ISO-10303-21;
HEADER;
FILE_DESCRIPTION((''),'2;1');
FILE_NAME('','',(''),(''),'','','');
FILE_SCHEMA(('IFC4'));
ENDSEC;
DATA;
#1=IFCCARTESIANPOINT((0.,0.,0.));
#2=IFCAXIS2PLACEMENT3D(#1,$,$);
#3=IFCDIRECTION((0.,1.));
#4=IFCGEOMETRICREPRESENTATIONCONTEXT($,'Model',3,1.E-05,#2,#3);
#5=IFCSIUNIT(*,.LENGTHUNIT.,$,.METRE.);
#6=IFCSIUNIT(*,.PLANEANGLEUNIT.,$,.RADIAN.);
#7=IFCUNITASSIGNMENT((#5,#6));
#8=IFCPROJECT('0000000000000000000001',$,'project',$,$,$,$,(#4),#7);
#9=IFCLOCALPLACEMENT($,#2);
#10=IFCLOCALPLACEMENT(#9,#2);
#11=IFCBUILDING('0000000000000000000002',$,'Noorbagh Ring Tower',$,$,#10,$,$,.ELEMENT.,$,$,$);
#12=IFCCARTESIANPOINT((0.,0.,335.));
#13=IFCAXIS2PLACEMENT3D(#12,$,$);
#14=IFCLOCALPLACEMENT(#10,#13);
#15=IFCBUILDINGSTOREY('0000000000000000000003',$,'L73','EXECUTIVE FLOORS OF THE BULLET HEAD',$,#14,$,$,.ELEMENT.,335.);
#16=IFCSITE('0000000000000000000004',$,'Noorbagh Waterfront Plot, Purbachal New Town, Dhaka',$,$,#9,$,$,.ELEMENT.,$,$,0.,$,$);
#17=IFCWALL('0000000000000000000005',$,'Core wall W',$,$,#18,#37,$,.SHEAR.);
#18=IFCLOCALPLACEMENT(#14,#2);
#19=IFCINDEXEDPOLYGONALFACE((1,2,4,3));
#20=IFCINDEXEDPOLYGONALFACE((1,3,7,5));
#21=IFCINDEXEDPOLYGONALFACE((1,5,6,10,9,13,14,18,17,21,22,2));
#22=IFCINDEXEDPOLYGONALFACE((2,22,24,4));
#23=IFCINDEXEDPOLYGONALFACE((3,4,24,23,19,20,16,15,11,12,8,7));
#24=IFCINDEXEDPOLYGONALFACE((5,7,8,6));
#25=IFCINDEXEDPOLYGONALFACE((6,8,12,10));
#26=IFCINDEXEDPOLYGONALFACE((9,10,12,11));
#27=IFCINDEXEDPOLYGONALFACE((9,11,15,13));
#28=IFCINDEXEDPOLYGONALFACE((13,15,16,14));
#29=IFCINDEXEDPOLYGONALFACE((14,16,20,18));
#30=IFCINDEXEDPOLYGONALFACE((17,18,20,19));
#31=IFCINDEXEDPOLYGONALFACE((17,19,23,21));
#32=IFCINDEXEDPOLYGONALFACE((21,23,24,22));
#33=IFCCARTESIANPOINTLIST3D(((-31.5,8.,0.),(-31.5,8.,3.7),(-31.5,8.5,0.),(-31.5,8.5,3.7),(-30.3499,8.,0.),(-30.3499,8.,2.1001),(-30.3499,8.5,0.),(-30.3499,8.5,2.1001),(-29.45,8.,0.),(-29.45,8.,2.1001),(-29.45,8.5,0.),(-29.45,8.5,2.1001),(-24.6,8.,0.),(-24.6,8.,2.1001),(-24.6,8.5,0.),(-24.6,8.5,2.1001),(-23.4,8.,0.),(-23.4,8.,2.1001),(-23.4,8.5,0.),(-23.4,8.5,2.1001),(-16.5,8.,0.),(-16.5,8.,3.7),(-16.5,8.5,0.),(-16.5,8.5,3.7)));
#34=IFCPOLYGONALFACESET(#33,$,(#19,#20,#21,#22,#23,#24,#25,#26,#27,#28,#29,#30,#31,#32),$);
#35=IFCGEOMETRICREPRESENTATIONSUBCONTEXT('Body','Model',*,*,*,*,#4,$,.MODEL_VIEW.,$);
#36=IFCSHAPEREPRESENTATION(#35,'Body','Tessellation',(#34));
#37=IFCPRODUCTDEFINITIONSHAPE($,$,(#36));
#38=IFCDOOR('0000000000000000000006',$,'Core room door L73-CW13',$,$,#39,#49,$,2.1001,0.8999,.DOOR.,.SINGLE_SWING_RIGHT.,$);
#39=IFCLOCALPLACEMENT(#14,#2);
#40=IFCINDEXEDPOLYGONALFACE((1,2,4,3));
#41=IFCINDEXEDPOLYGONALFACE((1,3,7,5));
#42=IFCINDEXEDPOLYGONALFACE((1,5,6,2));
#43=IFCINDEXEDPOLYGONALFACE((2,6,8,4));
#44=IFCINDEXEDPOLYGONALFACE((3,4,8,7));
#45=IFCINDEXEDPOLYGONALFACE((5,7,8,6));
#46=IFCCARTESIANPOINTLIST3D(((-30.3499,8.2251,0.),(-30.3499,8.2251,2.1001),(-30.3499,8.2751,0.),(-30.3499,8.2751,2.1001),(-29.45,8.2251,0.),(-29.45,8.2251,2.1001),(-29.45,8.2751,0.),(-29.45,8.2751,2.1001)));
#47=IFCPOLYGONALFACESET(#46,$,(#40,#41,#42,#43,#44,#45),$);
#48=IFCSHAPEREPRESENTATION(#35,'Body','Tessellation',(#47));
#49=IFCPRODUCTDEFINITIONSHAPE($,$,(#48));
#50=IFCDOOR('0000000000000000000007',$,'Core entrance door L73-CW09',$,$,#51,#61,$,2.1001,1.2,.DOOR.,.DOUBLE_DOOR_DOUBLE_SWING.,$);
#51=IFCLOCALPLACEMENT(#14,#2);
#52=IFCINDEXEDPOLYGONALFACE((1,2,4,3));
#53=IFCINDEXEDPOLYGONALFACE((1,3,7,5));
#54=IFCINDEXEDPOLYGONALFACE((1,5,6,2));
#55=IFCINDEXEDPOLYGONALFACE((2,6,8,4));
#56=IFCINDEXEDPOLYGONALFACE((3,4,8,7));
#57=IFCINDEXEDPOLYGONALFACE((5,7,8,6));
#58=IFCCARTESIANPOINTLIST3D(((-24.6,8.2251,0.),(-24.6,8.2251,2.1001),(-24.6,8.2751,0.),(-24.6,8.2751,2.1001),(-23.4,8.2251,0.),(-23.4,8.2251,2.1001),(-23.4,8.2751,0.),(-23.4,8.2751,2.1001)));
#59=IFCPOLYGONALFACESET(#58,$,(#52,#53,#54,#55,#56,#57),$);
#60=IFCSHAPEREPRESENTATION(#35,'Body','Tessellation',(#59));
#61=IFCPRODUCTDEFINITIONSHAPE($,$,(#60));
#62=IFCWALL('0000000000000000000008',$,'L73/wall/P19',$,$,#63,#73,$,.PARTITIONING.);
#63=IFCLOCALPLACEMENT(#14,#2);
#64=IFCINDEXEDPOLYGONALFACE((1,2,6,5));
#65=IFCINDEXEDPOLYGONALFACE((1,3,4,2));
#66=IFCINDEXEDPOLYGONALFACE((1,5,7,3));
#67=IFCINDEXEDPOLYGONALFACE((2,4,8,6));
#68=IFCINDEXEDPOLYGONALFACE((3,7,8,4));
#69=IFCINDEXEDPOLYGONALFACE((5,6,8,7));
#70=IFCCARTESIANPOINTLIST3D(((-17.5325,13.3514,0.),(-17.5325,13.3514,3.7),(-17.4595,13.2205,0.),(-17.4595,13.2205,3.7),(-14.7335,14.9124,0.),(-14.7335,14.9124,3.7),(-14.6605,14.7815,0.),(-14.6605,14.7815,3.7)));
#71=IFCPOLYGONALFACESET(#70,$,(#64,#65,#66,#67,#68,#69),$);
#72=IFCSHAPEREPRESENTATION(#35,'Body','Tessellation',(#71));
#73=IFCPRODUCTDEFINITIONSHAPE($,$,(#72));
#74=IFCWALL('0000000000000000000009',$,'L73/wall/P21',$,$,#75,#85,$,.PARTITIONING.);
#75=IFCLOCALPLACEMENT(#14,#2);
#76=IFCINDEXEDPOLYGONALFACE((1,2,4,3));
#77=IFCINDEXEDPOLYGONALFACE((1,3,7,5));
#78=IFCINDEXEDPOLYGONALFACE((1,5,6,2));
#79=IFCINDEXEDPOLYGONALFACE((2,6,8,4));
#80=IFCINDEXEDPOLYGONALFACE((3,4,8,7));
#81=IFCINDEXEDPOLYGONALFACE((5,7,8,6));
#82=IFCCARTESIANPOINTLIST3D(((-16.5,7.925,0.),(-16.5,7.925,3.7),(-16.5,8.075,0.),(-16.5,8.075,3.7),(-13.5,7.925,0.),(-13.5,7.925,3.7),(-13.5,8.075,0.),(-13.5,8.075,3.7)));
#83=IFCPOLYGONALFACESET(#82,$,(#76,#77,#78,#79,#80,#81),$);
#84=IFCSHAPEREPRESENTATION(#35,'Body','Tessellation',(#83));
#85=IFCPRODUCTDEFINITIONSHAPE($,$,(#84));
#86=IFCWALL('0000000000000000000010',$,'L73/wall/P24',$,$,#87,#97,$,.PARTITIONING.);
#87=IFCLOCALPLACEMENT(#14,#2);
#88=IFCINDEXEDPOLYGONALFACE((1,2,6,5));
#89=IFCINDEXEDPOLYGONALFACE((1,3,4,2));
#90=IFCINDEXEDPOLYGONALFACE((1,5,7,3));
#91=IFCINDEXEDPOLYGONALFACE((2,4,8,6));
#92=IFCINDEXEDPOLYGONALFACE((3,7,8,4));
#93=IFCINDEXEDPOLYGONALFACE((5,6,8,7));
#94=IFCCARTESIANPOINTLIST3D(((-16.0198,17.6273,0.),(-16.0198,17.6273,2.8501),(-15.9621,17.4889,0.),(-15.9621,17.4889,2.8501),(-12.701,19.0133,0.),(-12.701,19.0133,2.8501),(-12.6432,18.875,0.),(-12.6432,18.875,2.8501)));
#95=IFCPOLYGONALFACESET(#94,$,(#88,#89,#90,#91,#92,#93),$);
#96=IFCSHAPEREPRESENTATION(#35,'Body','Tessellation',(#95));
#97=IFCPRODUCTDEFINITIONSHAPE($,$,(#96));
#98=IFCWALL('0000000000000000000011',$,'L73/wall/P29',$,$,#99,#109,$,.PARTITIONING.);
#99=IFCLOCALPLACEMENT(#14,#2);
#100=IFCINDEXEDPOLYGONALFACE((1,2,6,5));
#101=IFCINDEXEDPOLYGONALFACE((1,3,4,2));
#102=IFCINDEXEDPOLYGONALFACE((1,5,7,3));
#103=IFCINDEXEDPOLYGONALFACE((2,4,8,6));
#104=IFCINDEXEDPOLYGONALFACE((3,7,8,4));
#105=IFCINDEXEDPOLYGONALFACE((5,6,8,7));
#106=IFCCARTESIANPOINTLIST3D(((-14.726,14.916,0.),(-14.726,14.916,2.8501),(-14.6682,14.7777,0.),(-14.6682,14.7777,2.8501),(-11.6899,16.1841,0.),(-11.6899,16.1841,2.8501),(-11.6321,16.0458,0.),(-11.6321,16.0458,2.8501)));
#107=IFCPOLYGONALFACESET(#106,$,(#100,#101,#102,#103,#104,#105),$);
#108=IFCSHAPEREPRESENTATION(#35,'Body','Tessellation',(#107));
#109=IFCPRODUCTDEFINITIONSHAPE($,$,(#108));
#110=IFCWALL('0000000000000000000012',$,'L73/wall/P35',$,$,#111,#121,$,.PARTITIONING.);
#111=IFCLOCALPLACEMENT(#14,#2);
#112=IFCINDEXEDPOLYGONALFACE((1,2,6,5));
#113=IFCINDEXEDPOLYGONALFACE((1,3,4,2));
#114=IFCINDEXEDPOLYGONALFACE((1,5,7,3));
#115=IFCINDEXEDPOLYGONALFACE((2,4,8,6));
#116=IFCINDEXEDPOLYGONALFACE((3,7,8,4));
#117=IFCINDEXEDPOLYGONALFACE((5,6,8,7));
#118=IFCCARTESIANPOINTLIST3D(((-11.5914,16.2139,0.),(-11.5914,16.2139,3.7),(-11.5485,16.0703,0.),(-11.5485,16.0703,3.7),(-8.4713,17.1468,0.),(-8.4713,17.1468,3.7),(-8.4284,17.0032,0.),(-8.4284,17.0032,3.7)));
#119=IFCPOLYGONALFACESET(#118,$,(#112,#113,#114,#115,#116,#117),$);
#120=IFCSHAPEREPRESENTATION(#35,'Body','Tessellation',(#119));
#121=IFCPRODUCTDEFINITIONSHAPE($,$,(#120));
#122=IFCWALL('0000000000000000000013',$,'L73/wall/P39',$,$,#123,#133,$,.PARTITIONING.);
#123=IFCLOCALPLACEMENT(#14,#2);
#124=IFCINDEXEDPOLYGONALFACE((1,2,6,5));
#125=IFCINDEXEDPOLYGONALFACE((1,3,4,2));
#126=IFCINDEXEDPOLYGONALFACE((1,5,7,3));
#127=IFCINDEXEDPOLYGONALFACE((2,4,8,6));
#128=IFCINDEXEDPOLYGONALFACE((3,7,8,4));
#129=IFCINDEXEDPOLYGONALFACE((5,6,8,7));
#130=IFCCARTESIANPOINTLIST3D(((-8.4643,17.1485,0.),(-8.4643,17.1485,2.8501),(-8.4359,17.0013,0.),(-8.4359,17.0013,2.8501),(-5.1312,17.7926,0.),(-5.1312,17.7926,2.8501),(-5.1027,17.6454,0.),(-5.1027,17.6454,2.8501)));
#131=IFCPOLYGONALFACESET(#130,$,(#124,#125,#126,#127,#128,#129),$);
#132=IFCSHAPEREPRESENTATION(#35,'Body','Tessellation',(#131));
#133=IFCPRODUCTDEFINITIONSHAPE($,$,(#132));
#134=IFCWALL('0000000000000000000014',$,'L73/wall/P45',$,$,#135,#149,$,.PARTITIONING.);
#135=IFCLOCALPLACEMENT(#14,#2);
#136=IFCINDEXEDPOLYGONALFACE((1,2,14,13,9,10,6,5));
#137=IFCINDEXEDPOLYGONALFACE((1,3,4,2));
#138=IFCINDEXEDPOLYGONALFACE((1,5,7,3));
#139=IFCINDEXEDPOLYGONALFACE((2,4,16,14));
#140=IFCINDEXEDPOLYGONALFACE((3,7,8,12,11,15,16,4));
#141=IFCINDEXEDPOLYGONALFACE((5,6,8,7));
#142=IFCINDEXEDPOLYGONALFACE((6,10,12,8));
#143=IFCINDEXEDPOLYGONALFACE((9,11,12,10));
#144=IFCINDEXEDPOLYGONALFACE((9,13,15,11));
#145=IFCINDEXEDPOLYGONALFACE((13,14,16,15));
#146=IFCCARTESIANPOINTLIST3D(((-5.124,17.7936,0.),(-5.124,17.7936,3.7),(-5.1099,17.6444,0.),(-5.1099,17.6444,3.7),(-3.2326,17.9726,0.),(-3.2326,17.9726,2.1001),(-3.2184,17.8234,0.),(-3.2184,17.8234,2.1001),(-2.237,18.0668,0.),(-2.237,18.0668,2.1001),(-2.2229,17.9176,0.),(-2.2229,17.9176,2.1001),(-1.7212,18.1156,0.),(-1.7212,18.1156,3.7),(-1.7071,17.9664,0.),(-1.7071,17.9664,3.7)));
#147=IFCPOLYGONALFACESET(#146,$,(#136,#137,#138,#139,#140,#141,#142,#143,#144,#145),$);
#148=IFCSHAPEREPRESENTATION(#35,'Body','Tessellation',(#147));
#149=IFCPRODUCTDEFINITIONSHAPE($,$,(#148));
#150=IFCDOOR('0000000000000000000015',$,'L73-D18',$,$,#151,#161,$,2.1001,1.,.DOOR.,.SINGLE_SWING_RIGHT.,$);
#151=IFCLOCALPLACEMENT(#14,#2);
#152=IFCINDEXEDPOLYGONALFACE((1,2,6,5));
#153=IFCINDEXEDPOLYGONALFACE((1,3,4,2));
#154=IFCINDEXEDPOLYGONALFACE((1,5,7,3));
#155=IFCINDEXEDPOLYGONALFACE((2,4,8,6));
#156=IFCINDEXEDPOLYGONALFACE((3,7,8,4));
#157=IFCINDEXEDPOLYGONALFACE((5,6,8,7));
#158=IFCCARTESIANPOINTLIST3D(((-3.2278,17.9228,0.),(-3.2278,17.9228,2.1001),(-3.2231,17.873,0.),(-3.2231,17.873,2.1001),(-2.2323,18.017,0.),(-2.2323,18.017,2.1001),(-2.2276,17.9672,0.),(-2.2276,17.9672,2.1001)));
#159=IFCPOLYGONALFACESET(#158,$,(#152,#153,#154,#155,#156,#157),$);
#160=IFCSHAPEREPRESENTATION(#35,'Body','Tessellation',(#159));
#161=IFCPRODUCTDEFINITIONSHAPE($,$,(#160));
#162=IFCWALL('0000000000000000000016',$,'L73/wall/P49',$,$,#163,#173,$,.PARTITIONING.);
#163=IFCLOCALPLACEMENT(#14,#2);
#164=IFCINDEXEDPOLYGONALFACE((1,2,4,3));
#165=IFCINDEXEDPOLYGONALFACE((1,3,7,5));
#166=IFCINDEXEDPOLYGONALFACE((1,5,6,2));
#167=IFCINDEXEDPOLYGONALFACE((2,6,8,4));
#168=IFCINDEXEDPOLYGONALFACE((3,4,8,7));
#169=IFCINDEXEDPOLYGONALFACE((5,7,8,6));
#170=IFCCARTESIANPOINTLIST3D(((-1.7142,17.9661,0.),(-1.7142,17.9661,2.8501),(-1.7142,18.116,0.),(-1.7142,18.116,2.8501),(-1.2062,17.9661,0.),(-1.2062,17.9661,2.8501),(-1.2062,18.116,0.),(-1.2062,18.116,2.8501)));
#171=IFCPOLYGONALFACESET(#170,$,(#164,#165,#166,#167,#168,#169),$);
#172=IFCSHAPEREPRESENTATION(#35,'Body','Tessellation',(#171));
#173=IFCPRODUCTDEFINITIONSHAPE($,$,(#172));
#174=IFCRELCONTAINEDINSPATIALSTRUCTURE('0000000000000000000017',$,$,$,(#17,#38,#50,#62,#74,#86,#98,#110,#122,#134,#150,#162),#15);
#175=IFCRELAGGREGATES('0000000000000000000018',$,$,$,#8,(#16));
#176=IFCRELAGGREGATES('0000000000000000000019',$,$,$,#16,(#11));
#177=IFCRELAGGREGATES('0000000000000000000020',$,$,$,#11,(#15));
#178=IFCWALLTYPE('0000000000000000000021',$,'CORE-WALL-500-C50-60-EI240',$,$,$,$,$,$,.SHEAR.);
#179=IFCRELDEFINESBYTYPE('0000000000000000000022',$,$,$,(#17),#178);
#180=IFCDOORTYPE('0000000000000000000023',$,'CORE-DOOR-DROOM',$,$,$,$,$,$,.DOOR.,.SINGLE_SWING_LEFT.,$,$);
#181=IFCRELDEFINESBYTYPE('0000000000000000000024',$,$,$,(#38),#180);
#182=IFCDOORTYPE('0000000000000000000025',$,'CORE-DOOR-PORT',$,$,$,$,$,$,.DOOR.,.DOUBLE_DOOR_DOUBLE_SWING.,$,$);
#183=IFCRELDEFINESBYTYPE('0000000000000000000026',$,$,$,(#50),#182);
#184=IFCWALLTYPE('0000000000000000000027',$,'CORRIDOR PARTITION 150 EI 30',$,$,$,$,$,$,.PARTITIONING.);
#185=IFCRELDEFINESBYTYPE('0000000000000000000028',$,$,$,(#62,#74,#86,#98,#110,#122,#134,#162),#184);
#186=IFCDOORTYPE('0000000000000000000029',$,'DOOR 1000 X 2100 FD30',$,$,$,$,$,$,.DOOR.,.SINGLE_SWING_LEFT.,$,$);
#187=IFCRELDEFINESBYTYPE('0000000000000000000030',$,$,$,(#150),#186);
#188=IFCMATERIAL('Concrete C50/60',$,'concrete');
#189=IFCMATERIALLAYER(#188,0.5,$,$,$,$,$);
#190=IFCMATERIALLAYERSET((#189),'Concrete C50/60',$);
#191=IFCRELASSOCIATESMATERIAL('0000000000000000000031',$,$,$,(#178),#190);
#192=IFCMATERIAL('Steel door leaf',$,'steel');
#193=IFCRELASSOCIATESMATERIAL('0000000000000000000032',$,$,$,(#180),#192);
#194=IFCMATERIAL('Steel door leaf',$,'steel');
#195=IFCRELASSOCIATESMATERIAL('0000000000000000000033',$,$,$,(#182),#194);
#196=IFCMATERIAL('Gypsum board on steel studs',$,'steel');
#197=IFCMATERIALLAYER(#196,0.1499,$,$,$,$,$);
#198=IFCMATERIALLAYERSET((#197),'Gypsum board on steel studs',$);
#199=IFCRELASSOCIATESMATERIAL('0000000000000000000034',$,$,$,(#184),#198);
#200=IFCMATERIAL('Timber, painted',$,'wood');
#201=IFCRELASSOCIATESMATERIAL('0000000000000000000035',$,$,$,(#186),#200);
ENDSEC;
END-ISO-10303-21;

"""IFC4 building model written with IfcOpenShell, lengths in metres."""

from ifc_helpers import new_model, si_unit, direction, frame, frame_2d, origin, place, context, subcontext, project, spatial, rectangle, extrude, material, layer, layer_set, type_object, element, fill, save


model = new_model("IFC4")

# Units and contexts
model_context = context("Model", 3, precision=1e-05, world=origin(), true_north=direction((0.0, 1.0)))
body_context = subcontext(model_context, "Body", "Model", "MODEL_VIEW")
ifc_project = project(units=[si_unit("LENGTHUNIT", "METRE"), si_unit("PLANEANGLEUNIT", "RADIAN")], contexts=[model_context])

# Site, building, storey
site_placement = place(None, origin())
site = spatial("IfcSite", under=ifc_project, at=site_placement, Name="Noorbagh Waterfront Plot, Purbachal New Town, Dhaka", CompositionType="ELEMENT", RefElevation=0.0)
building_placement = place(site_placement, origin())
building = spatial("IfcBuilding", under=site, at=building_placement, Name="Noorbagh Ring Tower", CompositionType="ELEMENT")
storey_placement = place(building_placement, frame((0.0, 0.0, 335.0)))
storey = spatial("IfcBuildingStorey", under=building, at=storey_placement, Name="L73", Description="EXECUTIVE FLOORS OF THE BULLET HEAD", CompositionType="ELEMENT", Elevation=335.0)

# Wall, openings, doors
ifc_material_1 = material(Name="Concrete C50/60", Category="concrete")
ifc_layer_1 = layer(ifc_material_1, 0.5)
ifc_layer_set_1 = layer_set([ifc_layer_1], Name="Concrete C50/60")
wall_type_1 = type_object("IfcWallType", Name="CORE-WALL-500-C50-60-EI240", PredefinedType="SHEAR", material=ifc_layer_set_1)
wall_1_placement = place(storey_placement, frame((-16.5, 8.25, 0.0), z_axis=(0.0, 0.0, 1.0), x_axis=(-1.0, 0.0, 0.0)))
wall_1 = element("IfcWall", 1, at=wall_1_placement, inside=storey, type_object=wall_type_1, Name="Core wall W", PredefinedType="SHEAR", context=body_context, shape_type="SweptSolid", body=[
    extrude(rectangle(XDim=15.0, YDim=0.5, at=frame_2d((7.5, 0.0))), origin(), (0.0, 0.0, 1.0), 3.7),
])
opening_1_placement = place(wall_1_placement, frame((6.8999, 0.0, 0.0)))
opening_1 = element("IfcOpeningElement", 2, at=opening_1_placement, cuts=wall_1, PredefinedType="OPENING", context=body_context, shape_type="SweptSolid", body=[
    extrude(rectangle(XDim=1.2, YDim=2.1001, at=frame_2d((0.6001, 1.05))), frame((0.0, 0.26, 0.0), z_axis=(0.0, -1.0, 0.0), x_axis=(1.0, 0.0, 0.0)), (0.0, 0.0, 1.0), 0.52),
])
opening_2_placement = place(wall_1_placement, frame((12.95, 0.0, 0.0)))
opening_2 = element("IfcOpeningElement", 3, at=opening_2_placement, cuts=wall_1, PredefinedType="OPENING", context=body_context, shape_type="SweptSolid", body=[
    extrude(rectangle(XDim=0.8999, YDim=2.1001, at=frame_2d((0.45, 1.05))), frame((0.0, 0.26, 0.0), z_axis=(0.0, -1.0, 0.0), x_axis=(1.0, 0.0, 0.0)), (0.0, 0.0, 1.0), 0.52),
])
ifc_material_2 = material(Name="Steel door leaf", Category="steel")
door_type_1 = type_object("IfcDoorType", Name="CORE-DOOR-DROOM", OperationType="SINGLE_SWING_LEFT", PredefinedType="DOOR", material=ifc_material_2)
door_1_placement = place(opening_2_placement, origin())
door_1 = element("IfcDoor", 4, at=door_1_placement, inside=storey, type_object=door_type_1, Name="Core room door L73-CW13", OperationType="SINGLE_SWING_RIGHT", OverallHeight=2.1001, OverallWidth=0.8999, PredefinedType="DOOR", context=body_context, shape_type="SweptSolid", body=[
    extrude(rectangle(XDim=0.8999, YDim=2.1001, at=frame_2d((0.45, 1.05))), frame((0.0, 0.0249, 0.0), z_axis=(0.0, -1.0, 0.0), x_axis=(1.0, 0.0, 0.0)), (0.0, 0.0, 1.0), 0.05),
])
fill(opening_2, door_1)
ifc_material_3 = material(Name="Steel door leaf", Category="steel")
door_type_2 = type_object("IfcDoorType", Name="CORE-DOOR-PORT", OperationType="DOUBLE_DOOR_DOUBLE_SWING", PredefinedType="DOOR", material=ifc_material_3)
door_2_placement = place(opening_1_placement, origin())
door_2 = element("IfcDoor", 5, at=door_2_placement, inside=storey, type_object=door_type_2, Name="Core entrance door L73-CW09", OperationType="DOUBLE_DOOR_DOUBLE_SWING", OverallHeight=2.1001, OverallWidth=1.2, PredefinedType="DOOR", context=body_context, shape_type="SweptSolid", body=[
    extrude(rectangle(XDim=1.2, YDim=2.1001, at=frame_2d((0.6001, 1.05))), frame((0.0, 0.0249, 0.0), z_axis=(0.0, -1.0, 0.0), x_axis=(1.0, 0.0, 0.0)), (0.0, 0.0, 1.0), 0.05),
])
fill(opening_1, door_2)

# Walls
ifc_material_4 = material(Name="Gypsum board on steel studs", Category="steel")
ifc_layer_2 = layer(ifc_material_4, 0.1499)
ifc_layer_set_2 = layer_set([ifc_layer_2], Name="Gypsum board on steel studs")
wall_type_2 = type_object("IfcWallType", Name="CORRIDOR PARTITION 150 EI 30", PredefinedType="PARTITIONING", material=ifc_layer_set_2)
wall_2_placement = place(storey_placement, frame((-17.4961, 13.2859, 0.0), z_axis=(0.0, 0.0, 1.0), x_axis=(0.873362, 0.487072, 0.0)))
element("IfcWall", 6, at=wall_2_placement, inside=storey, type_object=wall_type_2, Name="L73/wall/P19", PredefinedType="PARTITIONING", context=body_context, shape_type="SweptSolid", body=[
    extrude(rectangle(XDim=3.2048, YDim=0.1499, at=frame_2d((1.6025, 0.0))), origin(), (0.0, 0.0, 1.0), 3.7),
])
wall_3_placement = place(storey_placement, frame((-16.5, 8.0, 0.0), z_axis=(0.0, 0.0, 1.0), x_axis=(1.0, 0.0, 0.0)))
element("IfcWall", 7, at=wall_3_placement, inside=storey, type_object=wall_type_2, Name="L73/wall/P21", PredefinedType="PARTITIONING", context=body_context, shape_type="SweptSolid", body=[
    extrude(rectangle(XDim=3.0, YDim=0.1499, at=frame_2d((1.5, 0.0))), origin(), (0.0, 0.0, 1.0), 3.7),
])
wall_4_placement = place(storey_placement, frame((-15.991, 17.5581, 0.0), z_axis=(0.0, 0.0, 1.0), x_axis=(0.922767, 0.385358, 0.0)))
element("IfcWall", 8, at=wall_4_placement, inside=storey, type_object=wall_type_2, Name="L73/wall/P24", PredefinedType="PARTITIONING", context=body_context, shape_type="SweptSolid", body=[
    extrude(rectangle(XDim=3.5967, YDim=0.1499, at=frame_2d((1.7983, 0.0))), origin(), (0.0, 0.0, 1.0), 2.8501),
])
wall_5_placement = place(storey_placement, frame((-14.697, 14.8469, 0.0), z_axis=(0.0, 0.0, 1.0), x_axis=(0.922752, 0.385395, 0.0)))
element("IfcWall", 9, at=wall_5_placement, inside=storey, type_object=wall_type_2, Name="L73/wall/P29", PredefinedType="PARTITIONING", context=body_context, shape_type="SweptSolid", body=[
    extrude(rectangle(XDim=3.2903, YDim=0.1499, at=frame_2d((1.645, 0.0))), origin(), (0.0, 0.0, 1.0), 2.8501),
])
wall_6_placement = place(storey_placement, frame((-11.5701, 16.1421, 0.0), z_axis=(0.0, 0.0, 1.0), x_axis=(0.958094, 0.286454, 0.0)))
element("IfcWall", 10, at=wall_6_placement, inside=storey, type_object=wall_type_2, Name="L73/wall/P35", PredefinedType="PARTITIONING", context=body_context, shape_type="SweptSolid", body=[
    extrude(rectangle(XDim=3.2566, YDim=0.1499, at=frame_2d((1.6284, 0.0))), origin(), (0.0, 0.0, 1.0), 3.7),
])
wall_7_placement = place(storey_placement, frame((-8.45, 17.075, 0.0), z_axis=(0.0, 0.0, 1.0), x_axis=(0.981838, 0.189722, 0.0)))
element("IfcWall", 11, at=wall_7_placement, inside=storey, type_object=wall_type_2, Name="L73/wall/P39", PredefinedType="PARTITIONING", context=body_context, shape_type="SweptSolid", body=[
    extrude(rectangle(XDim=3.3948, YDim=0.1499, at=frame_2d((1.6973, 0.0))), origin(), (0.0, 0.0, 1.0), 2.8501),
])

# Wall, opening, door
wall_8_placement = place(storey_placement, frame((-5.1169, 17.719, 0.0), z_axis=(0.0, 0.0, 1.0), x_axis=(0.995552, 0.094212, 0.0)))
wall_8 = element("IfcWall", 12, at=wall_8_placement, inside=storey, type_object=wall_type_2, Name="L73/wall/P45", PredefinedType="PARTITIONING", context=body_context, shape_type="SweptSolid", body=[
    extrude(rectangle(XDim=3.418, YDim=0.1499, at=frame_2d((1.709, 0.0))), origin(), (0.0, 0.0, 1.0), 3.7),
])
opening_3_placement = place(wall_8_placement, frame((1.8999, 0.0, 0.0)))
opening_3 = element("IfcOpeningElement", 13, at=opening_3_placement, cuts=wall_8, PredefinedType="OPENING", context=body_context, shape_type="SweptSolid", body=[
    extrude(rectangle(XDim=1.0, YDim=2.1001, at=frame_2d((0.5, 1.05))), frame((0.0, 0.085, 0.0), z_axis=(0.0, -1.0, 0.0), x_axis=(1.0, 0.0, 0.0)), (0.0, 0.0, 1.0), 0.1699),
])
ifc_material_5 = material(Name="Timber, painted", Category="wood")
door_type_3 = type_object("IfcDoorType", Name="DOOR 1000 X 2100 FD30", OperationType="SINGLE_SWING_LEFT", PredefinedType="DOOR", material=ifc_material_5)
door_3_placement = place(opening_3_placement, origin())
door_3 = element("IfcDoor", 14, at=door_3_placement, inside=storey, type_object=door_type_3, Name="L73-D18", OperationType="SINGLE_SWING_RIGHT", OverallHeight=2.1001, OverallWidth=1.0, PredefinedType="DOOR", context=body_context, shape_type="SweptSolid", body=[
    extrude(rectangle(XDim=1.0, YDim=2.1001, at=frame_2d((0.5, 1.05))), frame((0.0, 0.0249, 0.0), z_axis=(0.0, -1.0, 0.0), x_axis=(1.0, 0.0, 0.0)), (0.0, 0.0, 1.0), 0.05),
])
fill(opening_3, door_3)

# Wall
wall_9_placement = place(storey_placement, frame((-1.7141, 18.041, 0.0), z_axis=(0.0, 0.0, 1.0), x_axis=(1.0, 0.0, 0.0)))
element("IfcWall", 15, at=wall_9_placement, inside=storey, type_object=wall_type_2, Name="L73/wall/P49", PredefinedType="PARTITIONING", context=body_context, shape_type="SweptSolid", body=[
    extrude(rectangle(XDim=0.5081, YDim=0.1499, at=frame_2d((0.2539, 0.0))), origin(), (0.0, 0.0, 1.0), 2.8501),
])

save(model, "model.ifc")
